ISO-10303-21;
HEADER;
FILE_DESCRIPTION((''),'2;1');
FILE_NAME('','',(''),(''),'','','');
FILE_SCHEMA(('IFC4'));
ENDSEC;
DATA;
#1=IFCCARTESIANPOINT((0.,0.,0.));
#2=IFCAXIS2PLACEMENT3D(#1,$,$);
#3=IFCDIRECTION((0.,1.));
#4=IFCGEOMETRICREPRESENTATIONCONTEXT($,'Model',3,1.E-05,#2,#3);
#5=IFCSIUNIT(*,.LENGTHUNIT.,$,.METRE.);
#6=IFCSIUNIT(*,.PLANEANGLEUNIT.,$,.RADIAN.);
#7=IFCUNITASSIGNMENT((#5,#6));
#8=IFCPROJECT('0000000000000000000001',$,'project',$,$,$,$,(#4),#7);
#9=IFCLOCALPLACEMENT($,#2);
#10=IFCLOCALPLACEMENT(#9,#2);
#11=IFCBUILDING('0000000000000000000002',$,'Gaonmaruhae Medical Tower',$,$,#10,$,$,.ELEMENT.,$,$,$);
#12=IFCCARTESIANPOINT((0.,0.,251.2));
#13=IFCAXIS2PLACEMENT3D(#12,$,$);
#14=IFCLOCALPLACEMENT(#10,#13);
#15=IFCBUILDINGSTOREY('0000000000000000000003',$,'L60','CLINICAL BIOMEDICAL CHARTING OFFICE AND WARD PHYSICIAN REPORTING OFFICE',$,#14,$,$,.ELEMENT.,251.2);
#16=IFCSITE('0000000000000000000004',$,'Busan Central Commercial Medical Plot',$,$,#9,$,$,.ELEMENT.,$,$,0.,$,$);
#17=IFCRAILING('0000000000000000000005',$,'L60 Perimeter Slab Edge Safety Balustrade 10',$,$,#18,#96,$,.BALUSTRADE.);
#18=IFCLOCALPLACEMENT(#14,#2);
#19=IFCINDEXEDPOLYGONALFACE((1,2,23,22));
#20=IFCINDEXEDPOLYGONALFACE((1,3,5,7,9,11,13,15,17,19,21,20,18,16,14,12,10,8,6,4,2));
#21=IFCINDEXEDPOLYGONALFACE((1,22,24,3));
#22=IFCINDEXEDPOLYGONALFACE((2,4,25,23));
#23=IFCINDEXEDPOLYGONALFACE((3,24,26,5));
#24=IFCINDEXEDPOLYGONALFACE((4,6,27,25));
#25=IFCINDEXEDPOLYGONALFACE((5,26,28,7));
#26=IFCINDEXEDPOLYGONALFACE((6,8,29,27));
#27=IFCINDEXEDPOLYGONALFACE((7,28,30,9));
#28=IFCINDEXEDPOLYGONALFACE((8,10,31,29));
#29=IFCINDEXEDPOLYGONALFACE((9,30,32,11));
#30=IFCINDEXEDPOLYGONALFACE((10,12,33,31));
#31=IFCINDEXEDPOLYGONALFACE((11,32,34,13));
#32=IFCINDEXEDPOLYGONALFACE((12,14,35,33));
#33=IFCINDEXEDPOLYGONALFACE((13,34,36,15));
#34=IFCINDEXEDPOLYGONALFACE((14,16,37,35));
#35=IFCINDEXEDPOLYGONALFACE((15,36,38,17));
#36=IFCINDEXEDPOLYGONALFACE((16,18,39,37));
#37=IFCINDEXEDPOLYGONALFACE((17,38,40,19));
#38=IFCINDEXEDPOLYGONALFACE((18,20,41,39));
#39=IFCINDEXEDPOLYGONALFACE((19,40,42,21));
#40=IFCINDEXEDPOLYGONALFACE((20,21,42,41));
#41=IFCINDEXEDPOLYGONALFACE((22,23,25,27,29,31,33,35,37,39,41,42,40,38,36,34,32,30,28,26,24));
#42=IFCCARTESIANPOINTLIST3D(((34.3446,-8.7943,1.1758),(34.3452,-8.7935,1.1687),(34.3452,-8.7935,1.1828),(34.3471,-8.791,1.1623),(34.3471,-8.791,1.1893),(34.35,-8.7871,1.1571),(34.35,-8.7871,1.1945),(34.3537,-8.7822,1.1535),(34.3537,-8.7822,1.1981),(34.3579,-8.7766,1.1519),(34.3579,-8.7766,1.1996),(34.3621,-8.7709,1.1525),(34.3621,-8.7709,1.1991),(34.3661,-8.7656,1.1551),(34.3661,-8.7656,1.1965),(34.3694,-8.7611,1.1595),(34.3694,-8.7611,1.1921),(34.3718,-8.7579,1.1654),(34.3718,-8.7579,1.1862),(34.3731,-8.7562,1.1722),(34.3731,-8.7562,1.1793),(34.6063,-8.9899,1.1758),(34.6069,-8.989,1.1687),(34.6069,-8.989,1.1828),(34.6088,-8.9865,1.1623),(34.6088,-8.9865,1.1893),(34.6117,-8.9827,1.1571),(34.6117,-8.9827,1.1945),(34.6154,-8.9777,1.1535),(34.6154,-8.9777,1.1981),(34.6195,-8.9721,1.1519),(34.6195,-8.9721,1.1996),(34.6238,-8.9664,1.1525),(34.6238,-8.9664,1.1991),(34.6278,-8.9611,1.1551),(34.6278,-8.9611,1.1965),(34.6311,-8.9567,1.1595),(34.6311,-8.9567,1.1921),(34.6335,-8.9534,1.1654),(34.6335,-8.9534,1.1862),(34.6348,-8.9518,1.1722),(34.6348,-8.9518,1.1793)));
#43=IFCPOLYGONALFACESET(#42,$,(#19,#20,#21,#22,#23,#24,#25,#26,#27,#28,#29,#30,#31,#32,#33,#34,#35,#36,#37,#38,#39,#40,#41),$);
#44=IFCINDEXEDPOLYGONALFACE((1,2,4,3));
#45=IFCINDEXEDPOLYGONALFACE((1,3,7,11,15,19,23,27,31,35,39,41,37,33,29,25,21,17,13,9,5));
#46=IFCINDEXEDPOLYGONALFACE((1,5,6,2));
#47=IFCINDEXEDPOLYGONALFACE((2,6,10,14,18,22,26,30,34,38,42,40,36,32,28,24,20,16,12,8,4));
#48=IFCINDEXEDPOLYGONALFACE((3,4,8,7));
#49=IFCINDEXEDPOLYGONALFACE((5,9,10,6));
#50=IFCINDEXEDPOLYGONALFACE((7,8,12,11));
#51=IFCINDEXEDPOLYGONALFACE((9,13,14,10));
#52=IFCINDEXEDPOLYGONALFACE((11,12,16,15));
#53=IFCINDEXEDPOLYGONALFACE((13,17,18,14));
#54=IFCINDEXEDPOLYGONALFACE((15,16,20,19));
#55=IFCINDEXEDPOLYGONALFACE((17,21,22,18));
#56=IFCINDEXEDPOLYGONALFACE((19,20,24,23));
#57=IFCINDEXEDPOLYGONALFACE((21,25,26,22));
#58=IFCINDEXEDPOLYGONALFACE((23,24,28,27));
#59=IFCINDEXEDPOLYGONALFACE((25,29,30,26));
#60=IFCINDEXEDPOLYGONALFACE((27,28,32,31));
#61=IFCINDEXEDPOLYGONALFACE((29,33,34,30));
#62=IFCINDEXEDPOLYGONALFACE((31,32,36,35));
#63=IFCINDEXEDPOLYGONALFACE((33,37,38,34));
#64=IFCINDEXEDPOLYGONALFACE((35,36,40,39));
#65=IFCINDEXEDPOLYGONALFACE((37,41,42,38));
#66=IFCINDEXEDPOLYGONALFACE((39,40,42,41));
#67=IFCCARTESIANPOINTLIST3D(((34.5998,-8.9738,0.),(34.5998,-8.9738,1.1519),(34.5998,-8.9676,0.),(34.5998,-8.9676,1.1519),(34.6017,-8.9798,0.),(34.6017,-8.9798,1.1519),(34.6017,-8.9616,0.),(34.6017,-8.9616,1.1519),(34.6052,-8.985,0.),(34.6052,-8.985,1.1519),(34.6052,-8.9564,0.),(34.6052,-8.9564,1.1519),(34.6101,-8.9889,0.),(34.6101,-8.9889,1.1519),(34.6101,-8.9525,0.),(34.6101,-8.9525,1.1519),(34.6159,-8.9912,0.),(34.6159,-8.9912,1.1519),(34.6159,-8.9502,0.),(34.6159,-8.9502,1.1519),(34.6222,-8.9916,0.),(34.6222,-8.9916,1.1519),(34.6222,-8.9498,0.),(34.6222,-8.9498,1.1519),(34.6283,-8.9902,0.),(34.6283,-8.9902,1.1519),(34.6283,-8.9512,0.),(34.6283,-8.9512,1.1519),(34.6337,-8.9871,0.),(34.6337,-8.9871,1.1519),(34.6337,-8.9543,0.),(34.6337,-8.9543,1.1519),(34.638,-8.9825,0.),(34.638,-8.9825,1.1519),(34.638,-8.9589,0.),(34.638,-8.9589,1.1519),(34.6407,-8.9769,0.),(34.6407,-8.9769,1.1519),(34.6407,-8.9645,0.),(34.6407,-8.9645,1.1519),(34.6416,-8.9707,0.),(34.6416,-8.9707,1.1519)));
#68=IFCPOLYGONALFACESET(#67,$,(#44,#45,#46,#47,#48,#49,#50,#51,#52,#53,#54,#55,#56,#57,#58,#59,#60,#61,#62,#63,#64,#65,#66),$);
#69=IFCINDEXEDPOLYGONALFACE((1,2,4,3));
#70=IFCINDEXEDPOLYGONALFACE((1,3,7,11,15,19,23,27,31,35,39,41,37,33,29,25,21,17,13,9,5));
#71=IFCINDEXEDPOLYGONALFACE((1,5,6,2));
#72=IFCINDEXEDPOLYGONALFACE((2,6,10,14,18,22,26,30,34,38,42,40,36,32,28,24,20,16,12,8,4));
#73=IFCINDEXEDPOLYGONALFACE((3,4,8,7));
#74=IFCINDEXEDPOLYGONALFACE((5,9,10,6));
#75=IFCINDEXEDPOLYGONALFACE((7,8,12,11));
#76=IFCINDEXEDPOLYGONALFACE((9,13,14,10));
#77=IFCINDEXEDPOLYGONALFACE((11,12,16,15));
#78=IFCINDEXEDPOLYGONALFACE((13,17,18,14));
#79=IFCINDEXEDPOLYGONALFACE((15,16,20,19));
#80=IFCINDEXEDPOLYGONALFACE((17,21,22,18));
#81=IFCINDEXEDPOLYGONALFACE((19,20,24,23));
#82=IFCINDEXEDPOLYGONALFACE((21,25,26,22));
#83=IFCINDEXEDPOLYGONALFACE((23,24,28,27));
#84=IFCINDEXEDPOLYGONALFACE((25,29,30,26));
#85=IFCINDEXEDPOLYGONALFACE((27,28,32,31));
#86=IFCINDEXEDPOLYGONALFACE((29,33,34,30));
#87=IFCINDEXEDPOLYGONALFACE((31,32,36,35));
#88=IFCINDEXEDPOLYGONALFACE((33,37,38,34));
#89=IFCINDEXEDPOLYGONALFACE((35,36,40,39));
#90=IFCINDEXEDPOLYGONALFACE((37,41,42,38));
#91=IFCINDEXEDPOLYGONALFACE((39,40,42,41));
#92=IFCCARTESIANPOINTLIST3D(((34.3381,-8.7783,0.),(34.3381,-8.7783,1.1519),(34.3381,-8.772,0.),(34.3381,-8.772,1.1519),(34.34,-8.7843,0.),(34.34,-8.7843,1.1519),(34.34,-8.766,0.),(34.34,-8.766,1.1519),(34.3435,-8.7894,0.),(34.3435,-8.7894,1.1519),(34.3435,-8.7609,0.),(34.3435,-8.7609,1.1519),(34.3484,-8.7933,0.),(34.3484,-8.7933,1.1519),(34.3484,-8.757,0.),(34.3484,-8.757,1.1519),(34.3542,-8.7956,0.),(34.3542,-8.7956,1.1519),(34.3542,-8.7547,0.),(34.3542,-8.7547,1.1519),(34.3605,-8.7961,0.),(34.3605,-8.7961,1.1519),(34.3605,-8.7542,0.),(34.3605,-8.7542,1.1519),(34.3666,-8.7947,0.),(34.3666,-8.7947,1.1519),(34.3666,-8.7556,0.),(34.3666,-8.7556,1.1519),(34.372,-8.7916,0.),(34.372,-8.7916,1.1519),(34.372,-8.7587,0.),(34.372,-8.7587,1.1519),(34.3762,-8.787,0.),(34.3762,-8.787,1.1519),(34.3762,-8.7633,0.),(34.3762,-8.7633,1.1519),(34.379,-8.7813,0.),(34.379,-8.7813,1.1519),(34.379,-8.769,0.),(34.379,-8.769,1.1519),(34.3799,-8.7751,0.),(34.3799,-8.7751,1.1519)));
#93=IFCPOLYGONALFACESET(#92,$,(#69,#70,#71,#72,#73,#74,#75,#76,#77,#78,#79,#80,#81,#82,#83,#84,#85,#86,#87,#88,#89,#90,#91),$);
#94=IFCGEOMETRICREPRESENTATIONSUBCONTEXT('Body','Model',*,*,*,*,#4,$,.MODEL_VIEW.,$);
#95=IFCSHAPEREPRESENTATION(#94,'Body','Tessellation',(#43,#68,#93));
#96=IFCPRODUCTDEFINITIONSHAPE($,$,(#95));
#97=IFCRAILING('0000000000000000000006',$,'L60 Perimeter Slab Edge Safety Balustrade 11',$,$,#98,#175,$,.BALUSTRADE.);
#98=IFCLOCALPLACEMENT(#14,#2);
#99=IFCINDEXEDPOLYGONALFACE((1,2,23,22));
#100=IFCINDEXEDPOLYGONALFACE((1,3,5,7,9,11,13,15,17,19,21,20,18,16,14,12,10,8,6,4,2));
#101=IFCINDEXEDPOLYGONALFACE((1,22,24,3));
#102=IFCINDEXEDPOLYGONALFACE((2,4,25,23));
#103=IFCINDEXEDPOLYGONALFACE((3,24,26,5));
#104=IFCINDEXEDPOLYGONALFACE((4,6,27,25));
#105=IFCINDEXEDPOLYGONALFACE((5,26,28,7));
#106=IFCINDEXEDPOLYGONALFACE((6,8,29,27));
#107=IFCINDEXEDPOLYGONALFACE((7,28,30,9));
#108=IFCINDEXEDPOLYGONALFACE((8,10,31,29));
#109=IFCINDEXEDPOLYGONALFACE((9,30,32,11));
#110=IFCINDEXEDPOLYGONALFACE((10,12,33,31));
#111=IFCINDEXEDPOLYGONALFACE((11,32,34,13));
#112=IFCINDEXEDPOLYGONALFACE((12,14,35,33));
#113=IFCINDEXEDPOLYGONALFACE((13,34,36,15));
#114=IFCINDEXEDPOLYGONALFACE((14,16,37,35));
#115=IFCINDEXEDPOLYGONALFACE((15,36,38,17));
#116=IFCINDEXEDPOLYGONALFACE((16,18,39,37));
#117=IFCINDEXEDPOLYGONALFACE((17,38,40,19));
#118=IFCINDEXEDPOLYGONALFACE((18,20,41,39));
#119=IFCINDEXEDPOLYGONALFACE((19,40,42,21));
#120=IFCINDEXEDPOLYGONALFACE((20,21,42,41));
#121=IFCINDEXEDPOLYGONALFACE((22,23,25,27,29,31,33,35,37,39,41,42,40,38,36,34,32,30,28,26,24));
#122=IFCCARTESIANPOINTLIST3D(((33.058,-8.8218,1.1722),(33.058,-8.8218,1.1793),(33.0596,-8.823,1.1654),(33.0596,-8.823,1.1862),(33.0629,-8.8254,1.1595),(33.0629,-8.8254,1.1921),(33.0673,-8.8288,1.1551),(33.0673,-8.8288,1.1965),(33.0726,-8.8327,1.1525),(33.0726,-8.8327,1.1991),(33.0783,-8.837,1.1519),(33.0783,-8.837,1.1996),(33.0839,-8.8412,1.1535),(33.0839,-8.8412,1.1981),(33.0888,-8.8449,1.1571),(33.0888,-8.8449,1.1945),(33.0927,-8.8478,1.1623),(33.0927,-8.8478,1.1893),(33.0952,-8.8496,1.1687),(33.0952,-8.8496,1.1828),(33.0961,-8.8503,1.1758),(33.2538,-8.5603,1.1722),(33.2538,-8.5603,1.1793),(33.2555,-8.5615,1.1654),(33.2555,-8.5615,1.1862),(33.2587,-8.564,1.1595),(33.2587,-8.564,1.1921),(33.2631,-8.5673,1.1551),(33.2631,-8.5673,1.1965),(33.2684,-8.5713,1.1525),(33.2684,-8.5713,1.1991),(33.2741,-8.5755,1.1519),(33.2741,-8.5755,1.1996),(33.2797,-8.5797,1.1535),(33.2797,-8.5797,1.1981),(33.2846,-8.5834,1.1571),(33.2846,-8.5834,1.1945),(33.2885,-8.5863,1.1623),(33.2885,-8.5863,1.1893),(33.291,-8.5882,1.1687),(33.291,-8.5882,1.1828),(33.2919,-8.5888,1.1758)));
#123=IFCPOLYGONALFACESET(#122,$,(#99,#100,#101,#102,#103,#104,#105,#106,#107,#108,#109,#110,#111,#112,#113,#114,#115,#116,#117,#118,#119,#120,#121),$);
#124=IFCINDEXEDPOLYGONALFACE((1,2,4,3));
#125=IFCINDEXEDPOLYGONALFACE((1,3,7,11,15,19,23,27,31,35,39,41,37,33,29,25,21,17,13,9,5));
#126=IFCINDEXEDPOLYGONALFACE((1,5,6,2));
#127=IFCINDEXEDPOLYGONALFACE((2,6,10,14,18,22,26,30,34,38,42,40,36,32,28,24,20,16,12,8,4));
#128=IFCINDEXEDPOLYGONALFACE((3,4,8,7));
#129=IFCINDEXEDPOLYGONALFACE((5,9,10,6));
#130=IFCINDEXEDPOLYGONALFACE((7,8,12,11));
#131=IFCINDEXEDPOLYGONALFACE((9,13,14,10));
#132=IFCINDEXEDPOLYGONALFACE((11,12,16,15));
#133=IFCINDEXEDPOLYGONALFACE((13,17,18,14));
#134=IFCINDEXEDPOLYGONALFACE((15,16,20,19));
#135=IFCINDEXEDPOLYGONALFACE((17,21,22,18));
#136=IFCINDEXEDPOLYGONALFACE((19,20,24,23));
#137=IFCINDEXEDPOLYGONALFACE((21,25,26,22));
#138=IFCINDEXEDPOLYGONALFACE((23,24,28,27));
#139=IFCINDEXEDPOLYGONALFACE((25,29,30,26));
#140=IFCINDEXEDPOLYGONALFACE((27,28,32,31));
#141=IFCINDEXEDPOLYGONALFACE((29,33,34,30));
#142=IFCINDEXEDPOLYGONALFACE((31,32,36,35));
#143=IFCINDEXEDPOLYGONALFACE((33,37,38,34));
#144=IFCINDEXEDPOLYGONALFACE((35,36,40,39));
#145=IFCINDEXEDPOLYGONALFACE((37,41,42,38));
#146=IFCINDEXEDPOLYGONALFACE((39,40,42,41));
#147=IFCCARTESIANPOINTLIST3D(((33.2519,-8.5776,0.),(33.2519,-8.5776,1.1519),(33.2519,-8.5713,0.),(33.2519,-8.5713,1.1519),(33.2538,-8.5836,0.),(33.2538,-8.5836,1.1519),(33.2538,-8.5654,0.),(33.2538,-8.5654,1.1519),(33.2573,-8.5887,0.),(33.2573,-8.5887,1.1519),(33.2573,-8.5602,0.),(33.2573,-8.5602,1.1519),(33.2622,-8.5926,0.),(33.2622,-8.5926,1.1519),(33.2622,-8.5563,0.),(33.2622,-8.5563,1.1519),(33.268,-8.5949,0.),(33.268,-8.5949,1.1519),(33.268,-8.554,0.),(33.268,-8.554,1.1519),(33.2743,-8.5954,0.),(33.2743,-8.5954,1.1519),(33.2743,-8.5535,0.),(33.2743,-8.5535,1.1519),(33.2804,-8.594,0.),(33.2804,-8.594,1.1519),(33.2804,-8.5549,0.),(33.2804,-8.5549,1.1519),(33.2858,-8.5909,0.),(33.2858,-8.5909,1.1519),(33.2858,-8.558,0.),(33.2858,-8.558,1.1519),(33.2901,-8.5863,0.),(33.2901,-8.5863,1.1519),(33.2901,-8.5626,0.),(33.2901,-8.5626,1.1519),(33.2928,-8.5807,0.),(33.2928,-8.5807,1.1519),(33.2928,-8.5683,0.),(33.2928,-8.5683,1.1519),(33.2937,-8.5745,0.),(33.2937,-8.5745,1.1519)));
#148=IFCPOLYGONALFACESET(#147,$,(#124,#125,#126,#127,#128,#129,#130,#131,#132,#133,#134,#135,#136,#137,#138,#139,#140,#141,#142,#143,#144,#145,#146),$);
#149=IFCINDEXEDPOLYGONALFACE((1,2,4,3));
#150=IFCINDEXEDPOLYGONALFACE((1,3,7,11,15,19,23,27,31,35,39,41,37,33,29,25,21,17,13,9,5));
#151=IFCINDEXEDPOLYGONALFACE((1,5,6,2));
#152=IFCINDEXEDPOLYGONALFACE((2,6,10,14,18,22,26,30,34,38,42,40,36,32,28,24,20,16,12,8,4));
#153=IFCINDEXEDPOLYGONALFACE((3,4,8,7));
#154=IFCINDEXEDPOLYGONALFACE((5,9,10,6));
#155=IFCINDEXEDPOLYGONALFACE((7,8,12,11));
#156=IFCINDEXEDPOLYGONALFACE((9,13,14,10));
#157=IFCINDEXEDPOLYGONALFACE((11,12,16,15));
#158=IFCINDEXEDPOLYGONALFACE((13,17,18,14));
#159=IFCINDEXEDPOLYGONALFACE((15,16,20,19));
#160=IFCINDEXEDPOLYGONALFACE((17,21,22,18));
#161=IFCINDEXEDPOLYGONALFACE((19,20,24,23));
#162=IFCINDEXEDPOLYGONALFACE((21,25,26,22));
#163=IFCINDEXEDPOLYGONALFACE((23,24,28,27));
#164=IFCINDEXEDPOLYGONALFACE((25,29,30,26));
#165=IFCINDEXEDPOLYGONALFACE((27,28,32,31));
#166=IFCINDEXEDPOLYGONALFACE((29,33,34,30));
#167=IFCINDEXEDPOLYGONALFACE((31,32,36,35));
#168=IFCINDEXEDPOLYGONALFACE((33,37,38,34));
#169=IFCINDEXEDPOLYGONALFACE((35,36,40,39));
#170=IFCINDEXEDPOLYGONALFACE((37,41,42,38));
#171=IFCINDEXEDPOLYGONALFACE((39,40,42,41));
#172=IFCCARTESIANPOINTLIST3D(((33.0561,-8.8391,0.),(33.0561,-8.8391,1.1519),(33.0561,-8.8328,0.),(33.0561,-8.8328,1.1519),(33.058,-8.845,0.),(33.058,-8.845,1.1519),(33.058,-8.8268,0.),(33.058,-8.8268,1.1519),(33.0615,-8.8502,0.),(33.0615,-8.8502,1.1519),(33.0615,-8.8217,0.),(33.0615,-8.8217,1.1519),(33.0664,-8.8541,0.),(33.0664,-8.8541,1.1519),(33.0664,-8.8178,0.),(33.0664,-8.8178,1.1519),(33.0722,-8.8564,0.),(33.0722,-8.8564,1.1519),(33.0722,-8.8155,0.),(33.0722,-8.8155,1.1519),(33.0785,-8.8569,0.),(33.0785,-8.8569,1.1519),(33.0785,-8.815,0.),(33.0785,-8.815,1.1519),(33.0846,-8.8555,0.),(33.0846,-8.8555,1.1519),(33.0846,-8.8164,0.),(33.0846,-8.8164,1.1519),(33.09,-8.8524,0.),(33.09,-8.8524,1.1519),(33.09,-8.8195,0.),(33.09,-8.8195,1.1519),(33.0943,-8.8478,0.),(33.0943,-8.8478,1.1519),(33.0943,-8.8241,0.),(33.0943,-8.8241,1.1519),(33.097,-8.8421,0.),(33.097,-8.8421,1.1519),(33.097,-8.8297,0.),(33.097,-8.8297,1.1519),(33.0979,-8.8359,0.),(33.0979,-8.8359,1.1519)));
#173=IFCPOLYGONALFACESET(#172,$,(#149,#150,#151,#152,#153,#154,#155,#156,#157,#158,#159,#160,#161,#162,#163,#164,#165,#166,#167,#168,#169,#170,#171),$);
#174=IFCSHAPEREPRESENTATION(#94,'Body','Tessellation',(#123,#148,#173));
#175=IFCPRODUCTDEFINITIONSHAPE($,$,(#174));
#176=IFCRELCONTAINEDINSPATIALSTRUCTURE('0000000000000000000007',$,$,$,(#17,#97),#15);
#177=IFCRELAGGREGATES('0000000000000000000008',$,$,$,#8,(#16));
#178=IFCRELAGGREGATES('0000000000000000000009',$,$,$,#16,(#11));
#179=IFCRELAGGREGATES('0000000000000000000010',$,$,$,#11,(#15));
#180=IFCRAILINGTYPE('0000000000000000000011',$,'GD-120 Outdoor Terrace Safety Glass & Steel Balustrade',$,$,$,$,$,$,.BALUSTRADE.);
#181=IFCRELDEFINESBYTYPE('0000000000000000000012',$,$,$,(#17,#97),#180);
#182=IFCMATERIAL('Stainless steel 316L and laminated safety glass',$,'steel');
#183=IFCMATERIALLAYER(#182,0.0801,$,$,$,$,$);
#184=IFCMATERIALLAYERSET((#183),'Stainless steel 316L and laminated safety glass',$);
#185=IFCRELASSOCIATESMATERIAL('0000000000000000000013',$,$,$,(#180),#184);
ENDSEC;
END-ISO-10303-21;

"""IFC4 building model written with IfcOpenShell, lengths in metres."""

from ifc_helpers import new_model, si_unit, direction, frame, origin, origin_2d, place, context, subcontext, project, spatial, circle, extrude, material, layer, layer_set, type_object, element, save


model = new_model("IFC4")

# Units and contexts
model_context = context("Model", 3, precision=1e-05, world=origin(), true_north=direction((0.0, 1.0)))
body_context = subcontext(model_context, "Body", "Model", "MODEL_VIEW")
ifc_project = project(units=[si_unit("LENGTHUNIT", "METRE"), si_unit("PLANEANGLEUNIT", "RADIAN")], contexts=[model_context])

# Site, building, storey
site_placement = place(None, origin())
site = spatial("IfcSite", under=ifc_project, at=site_placement, Name="Busan Central Commercial Medical Plot", CompositionType="ELEMENT", RefElevation=0.0)
building_placement = place(site_placement, origin())
building = spatial("IfcBuilding", under=site, at=building_placement, Name="Gaonmaruhae Medical Tower", CompositionType="ELEMENT")
storey_placement = place(building_placement, frame((0.0, 0.0, 251.2)))
storey = spatial("IfcBuildingStorey", under=building, at=storey_placement, Name="L60", Description="CLINICAL BIOMEDICAL CHARTING OFFICE AND WARD PHYSICIAN REPORTING OFFICE", CompositionType="ELEMENT", Elevation=251.2)

# Railings
ifc_material_1 = material(Name="Stainless steel 316L and laminated safety glass", Category="steel")
ifc_layer_1 = layer(ifc_material_1, 0.0801)
ifc_layer_set_1 = layer_set([ifc_layer_1], Name="Stainless steel 316L and laminated safety glass")
railing_type = type_object("IfcRailingType", Name="GD-120 Outdoor Terrace Safety Glass & Steel Balustrade", PredefinedType="BALUSTRADE", material=ifc_layer_set_1)
railing_1_placement = place(storey_placement, frame((34.6206, -8.9707, 0.0)))
element("IfcRailing", 1, at=railing_1_placement, inside=storey, type_object=railing_type, Name="L60 Perimeter Slab Edge Safety Balustrade 10", PredefinedType="BALUSTRADE", context=body_context, shape_type="SweptSolid", body=[
    extrude(circle(Radius=0.0239, at=origin_2d()), frame((0.0, 0.0, 1.1758), z_axis=(-0.801075, 0.598564, 0.0), x_axis=(-0.598564, -0.801075, 0.0)), (0.0, 0.0, 1.0), 0.3267),
    extrude(circle(Radius=0.021, at=origin_2d()), origin(), (0.0, 0.0, 1.0), 1.1519),
    extrude(circle(Radius=0.021, at=origin_2d()), frame((-0.2617, 0.1956, 0.0)), (0.0, 0.0, 1.0), 1.1519),
])
railing_2_placement = place(storey_placement, frame((33.2727, -8.5745, 0.0)))
element("IfcRailing", 2, at=railing_2_placement, inside=storey, type_object=railing_type, Name="L60 Perimeter Slab Edge Safety Balustrade 11", PredefinedType="BALUSTRADE", context=body_context, shape_type="SweptSolid", body=[
    extrude(circle(Radius=0.0239, at=origin_2d()), frame((0.0, 0.0, 1.1758), z_axis=(-0.599402, -0.800448, 0.0), x_axis=(0.800448, -0.599402, 0.0)), (0.0, 0.0, 1.0), 0.3267),
    extrude(circle(Radius=0.021, at=origin_2d()), origin(), (0.0, 0.0, 1.0), 1.1519),
    extrude(circle(Radius=0.021, at=origin_2d()), frame((-0.1958, -0.2615, 0.0)), (0.0, 0.0, 1.0), 1.1519),
])

save(model, "model.ifc")
